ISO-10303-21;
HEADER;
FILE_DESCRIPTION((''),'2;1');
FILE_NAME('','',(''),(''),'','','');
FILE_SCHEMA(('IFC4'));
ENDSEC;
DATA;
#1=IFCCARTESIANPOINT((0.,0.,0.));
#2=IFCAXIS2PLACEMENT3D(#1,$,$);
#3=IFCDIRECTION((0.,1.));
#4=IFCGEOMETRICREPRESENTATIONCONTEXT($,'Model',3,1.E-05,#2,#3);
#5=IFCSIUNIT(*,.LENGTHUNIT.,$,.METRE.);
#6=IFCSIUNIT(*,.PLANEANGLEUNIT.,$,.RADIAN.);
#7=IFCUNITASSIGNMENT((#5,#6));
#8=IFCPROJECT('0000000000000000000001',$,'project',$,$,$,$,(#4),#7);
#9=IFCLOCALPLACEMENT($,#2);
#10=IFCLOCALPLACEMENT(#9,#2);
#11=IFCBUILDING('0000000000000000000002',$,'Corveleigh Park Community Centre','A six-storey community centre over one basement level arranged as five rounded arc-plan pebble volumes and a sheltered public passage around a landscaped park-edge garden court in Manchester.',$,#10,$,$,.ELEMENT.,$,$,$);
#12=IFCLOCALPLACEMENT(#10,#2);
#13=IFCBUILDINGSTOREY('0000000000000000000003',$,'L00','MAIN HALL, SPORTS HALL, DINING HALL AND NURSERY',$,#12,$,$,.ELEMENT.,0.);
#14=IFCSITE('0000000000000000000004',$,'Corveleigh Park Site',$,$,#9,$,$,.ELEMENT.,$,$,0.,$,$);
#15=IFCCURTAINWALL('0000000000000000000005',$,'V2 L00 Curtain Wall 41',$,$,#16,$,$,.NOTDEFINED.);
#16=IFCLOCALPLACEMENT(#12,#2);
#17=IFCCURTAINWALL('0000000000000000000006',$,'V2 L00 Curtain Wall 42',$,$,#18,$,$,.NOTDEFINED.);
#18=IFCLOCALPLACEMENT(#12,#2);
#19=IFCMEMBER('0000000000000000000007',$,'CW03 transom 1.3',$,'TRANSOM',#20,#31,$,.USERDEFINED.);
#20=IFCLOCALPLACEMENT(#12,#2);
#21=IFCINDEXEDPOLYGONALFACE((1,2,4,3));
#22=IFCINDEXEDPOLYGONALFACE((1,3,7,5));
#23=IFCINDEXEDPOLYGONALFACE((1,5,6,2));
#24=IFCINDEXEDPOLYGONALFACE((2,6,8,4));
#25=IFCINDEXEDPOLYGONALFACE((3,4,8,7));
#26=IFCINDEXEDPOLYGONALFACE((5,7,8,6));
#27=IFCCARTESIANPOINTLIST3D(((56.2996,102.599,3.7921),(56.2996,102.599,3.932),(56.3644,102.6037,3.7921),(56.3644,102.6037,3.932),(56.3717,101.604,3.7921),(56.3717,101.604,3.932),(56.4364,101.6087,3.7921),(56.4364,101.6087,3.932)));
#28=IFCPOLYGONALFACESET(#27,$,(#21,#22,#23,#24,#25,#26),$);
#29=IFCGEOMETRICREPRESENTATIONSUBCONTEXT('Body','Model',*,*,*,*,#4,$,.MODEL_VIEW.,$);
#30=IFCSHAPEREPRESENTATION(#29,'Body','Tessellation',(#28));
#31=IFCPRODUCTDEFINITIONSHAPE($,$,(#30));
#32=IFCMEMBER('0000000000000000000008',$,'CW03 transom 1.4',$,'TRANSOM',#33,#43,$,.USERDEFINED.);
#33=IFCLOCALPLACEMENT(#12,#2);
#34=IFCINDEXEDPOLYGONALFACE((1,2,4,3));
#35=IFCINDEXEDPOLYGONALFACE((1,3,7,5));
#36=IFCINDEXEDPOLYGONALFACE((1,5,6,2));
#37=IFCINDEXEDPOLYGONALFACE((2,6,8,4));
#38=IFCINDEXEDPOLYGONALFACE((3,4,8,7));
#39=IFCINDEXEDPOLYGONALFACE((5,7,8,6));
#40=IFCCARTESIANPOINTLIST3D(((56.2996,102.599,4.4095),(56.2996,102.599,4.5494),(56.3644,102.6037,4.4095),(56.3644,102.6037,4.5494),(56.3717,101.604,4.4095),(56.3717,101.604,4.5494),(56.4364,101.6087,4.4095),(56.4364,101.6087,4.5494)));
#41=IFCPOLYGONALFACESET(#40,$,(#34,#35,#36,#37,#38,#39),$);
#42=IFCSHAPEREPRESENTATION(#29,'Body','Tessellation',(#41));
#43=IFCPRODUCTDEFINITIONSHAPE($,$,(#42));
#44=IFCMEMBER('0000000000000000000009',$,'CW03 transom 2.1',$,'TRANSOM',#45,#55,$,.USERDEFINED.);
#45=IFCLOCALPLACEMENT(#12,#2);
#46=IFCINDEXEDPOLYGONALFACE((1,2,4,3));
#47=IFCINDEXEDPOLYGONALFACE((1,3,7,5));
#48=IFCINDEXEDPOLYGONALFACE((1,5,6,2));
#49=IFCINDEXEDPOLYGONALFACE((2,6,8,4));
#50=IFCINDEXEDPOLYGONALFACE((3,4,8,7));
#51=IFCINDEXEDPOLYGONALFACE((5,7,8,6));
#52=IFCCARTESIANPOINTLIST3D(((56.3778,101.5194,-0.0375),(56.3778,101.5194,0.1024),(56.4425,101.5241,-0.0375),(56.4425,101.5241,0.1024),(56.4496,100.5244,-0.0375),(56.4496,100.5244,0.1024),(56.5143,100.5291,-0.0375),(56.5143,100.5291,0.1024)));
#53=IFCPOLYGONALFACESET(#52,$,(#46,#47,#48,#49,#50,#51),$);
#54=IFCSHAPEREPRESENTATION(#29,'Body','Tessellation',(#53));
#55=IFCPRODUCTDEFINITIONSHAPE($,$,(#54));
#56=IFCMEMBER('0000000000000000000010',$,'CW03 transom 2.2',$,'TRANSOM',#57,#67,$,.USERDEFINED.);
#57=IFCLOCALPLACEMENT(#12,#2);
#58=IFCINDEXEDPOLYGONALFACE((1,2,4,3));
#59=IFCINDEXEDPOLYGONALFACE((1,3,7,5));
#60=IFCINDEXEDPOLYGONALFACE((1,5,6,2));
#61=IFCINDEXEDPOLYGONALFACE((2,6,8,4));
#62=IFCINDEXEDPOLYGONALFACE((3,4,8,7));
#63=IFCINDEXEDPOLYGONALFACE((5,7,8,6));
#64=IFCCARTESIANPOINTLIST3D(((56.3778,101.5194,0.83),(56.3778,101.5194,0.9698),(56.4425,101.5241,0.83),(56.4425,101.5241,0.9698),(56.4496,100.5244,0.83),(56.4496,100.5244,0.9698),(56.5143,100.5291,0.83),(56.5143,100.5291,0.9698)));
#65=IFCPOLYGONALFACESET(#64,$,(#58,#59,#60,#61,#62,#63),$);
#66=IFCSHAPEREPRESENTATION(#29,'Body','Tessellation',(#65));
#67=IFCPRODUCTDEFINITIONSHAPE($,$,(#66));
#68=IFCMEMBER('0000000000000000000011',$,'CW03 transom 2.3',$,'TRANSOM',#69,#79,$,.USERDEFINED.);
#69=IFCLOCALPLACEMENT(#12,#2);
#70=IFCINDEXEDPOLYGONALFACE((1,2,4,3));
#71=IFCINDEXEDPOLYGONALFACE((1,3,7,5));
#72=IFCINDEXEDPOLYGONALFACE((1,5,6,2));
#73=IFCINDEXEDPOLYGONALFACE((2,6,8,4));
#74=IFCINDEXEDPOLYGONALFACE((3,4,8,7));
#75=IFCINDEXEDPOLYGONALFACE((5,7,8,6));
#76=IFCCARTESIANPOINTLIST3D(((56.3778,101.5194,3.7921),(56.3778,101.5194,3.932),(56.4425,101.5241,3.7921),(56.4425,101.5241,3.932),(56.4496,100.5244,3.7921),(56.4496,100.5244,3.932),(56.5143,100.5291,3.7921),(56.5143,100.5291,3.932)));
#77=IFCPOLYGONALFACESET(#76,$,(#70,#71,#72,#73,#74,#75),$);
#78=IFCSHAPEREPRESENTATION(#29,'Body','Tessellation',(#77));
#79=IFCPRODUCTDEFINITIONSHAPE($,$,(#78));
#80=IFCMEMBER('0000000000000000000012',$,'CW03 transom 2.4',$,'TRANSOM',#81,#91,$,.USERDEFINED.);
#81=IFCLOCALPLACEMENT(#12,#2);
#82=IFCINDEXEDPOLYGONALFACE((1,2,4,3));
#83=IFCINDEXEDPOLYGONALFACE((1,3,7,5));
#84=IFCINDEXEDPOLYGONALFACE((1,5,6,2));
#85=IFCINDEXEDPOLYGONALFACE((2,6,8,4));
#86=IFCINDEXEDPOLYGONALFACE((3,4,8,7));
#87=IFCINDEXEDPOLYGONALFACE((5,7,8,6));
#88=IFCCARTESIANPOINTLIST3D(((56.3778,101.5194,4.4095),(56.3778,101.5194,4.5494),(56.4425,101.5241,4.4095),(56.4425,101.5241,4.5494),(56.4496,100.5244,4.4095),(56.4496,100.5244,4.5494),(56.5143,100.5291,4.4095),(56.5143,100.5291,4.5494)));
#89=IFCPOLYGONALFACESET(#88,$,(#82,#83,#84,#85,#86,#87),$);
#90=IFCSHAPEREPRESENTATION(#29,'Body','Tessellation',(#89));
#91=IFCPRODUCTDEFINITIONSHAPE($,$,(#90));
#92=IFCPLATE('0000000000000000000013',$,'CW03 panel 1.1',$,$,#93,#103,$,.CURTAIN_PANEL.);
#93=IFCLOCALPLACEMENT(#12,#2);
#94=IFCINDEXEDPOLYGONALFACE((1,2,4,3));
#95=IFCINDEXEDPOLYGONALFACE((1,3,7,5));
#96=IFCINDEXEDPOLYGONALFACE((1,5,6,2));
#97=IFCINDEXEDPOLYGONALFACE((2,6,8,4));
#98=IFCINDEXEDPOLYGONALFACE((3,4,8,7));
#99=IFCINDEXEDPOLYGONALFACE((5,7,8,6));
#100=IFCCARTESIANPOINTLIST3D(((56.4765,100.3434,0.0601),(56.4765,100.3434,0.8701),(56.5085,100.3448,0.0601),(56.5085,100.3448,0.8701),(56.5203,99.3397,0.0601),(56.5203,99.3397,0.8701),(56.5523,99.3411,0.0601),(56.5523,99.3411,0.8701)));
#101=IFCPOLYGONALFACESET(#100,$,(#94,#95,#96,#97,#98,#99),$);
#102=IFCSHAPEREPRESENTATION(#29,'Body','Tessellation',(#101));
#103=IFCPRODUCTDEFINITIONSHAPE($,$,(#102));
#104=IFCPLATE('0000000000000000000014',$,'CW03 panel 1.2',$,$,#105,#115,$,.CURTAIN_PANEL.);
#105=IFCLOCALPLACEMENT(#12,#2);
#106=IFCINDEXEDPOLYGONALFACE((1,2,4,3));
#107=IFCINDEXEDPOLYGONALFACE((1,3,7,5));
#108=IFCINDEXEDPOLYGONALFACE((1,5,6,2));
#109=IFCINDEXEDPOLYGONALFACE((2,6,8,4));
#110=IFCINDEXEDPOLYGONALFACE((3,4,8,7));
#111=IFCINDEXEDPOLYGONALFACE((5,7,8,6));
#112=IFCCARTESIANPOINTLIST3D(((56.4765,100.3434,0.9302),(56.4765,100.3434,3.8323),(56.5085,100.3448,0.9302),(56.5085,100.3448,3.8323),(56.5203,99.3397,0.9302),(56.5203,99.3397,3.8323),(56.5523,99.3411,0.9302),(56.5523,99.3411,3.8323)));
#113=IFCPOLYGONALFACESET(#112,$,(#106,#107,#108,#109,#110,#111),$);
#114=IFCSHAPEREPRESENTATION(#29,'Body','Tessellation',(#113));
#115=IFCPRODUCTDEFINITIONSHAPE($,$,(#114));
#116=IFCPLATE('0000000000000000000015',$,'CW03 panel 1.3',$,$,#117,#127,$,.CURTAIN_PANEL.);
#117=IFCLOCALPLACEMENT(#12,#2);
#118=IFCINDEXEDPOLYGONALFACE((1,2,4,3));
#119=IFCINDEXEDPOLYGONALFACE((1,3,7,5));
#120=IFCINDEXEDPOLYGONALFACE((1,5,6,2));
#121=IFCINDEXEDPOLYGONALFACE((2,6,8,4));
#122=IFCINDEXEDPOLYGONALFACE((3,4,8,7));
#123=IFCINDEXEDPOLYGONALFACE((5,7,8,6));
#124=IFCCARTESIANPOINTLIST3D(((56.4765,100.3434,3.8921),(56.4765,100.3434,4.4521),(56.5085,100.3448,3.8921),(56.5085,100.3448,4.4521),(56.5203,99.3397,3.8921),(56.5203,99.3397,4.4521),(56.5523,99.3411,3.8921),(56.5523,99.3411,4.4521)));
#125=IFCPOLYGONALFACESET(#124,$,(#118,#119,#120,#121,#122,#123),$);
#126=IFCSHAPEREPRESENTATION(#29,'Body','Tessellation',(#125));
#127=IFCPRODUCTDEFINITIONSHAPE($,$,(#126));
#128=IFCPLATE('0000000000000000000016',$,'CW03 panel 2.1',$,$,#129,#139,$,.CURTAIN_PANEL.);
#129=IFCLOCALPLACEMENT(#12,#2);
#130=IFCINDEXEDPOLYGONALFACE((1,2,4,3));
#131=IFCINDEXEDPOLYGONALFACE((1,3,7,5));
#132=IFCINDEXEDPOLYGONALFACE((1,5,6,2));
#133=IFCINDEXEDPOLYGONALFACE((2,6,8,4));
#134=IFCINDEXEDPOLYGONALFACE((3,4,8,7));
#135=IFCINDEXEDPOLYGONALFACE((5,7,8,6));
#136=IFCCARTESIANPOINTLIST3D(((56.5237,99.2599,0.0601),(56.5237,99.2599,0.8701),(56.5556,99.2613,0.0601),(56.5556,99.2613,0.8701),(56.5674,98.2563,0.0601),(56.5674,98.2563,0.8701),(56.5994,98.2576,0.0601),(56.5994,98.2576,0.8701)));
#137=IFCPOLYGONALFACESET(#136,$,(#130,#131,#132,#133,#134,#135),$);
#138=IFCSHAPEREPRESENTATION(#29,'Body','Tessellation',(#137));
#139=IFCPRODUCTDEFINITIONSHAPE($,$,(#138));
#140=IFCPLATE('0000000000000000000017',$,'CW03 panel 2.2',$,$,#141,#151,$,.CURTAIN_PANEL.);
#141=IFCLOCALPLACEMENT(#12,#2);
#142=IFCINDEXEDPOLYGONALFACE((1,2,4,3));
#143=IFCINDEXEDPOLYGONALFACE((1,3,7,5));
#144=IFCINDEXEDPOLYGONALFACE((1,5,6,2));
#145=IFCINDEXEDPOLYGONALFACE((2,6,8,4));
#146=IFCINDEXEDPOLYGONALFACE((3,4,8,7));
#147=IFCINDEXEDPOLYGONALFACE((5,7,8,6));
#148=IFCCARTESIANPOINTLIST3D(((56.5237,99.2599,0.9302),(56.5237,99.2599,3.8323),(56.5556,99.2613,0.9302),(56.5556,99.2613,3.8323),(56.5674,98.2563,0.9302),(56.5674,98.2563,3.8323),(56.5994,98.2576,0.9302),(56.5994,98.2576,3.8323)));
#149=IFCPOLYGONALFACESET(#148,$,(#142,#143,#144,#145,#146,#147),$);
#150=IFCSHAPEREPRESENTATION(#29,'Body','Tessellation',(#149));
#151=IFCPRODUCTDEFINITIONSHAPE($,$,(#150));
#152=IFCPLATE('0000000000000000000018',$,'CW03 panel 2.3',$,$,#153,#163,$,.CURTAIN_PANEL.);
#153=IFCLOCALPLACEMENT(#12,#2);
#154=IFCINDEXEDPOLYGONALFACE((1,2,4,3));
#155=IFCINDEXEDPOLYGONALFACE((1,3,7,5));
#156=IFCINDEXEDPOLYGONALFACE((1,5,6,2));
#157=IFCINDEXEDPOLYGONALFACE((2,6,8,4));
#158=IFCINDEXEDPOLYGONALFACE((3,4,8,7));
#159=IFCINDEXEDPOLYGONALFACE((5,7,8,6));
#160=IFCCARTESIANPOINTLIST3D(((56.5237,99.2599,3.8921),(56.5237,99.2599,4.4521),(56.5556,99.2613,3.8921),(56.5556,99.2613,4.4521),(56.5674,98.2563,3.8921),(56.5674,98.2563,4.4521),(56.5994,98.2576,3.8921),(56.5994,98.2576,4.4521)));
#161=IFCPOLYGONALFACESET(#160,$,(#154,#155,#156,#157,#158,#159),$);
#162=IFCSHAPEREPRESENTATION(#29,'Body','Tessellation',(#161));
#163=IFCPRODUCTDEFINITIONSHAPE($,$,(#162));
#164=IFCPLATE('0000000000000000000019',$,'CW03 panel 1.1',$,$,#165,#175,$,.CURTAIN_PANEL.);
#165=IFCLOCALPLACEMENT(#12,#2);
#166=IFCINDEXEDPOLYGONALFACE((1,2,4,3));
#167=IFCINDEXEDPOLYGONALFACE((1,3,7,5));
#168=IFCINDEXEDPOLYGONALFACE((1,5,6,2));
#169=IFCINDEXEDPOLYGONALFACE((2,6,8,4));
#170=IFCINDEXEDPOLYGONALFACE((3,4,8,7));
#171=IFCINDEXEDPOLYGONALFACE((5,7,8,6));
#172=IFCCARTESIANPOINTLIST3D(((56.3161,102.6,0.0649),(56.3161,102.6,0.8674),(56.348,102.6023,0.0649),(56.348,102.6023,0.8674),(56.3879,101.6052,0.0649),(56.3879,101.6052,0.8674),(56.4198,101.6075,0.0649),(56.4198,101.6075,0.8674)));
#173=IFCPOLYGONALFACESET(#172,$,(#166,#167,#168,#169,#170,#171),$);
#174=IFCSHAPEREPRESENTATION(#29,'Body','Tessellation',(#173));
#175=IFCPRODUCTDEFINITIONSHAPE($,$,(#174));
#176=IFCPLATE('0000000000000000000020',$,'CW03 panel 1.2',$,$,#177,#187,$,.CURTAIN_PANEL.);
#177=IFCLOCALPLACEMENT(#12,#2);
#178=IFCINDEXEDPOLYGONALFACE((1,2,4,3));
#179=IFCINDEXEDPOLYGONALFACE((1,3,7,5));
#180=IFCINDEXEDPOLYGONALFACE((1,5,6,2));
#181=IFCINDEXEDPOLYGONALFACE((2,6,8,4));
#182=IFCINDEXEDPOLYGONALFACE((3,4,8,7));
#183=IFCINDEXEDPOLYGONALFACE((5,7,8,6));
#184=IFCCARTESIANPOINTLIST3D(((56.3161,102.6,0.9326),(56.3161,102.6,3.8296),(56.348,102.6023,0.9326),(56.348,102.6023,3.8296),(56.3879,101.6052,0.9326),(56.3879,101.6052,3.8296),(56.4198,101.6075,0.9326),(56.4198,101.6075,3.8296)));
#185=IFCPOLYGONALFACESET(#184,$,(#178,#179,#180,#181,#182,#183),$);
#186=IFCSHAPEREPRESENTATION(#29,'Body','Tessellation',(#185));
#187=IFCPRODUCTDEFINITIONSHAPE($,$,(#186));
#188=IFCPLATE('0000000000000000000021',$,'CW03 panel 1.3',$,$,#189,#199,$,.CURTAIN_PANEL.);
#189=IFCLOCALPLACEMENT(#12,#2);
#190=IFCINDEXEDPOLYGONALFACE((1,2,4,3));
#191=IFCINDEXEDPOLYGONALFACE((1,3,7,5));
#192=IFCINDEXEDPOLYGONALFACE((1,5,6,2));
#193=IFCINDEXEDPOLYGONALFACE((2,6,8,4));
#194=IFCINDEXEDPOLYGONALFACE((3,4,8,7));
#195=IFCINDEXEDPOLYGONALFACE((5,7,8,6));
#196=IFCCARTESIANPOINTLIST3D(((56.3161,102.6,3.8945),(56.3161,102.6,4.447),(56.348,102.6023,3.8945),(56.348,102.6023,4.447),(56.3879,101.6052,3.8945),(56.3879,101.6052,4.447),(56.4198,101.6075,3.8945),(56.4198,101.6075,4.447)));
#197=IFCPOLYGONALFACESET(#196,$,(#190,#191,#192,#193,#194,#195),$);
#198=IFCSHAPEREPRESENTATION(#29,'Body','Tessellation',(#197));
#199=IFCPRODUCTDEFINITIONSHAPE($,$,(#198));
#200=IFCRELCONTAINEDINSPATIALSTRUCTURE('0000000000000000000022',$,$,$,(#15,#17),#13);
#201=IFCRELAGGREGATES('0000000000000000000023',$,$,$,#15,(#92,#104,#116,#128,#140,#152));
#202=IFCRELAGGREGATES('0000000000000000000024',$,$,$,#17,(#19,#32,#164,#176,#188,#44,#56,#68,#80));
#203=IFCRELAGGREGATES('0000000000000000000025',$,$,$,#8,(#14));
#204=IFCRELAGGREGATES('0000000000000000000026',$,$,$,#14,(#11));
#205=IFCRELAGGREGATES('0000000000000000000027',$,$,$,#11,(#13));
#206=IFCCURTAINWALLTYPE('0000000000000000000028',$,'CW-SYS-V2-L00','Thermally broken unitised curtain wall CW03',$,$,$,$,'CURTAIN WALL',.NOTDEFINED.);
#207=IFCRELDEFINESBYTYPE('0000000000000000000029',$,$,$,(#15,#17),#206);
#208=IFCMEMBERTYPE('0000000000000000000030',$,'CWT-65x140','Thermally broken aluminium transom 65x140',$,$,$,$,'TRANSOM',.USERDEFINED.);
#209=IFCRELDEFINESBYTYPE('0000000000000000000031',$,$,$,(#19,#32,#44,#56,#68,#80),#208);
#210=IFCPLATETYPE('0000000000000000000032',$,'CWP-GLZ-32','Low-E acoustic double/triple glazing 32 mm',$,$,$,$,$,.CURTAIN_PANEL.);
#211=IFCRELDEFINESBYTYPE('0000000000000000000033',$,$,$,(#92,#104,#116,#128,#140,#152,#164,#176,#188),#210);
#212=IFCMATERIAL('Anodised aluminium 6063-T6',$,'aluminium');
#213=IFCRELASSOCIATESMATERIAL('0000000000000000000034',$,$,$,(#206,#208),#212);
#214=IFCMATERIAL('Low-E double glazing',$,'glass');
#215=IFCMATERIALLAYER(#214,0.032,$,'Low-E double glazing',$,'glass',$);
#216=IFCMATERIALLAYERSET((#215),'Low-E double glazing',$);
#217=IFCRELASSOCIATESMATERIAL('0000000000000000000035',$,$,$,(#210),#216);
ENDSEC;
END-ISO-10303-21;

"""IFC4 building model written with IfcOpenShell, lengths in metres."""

from ifc_helpers import new_model, si_unit, direction, frame, origin, origin_2d, place, context, subcontext, project, spatial, rectangle, extrude, material, layer, layer_set, material_profile, profile_set, type_object, element, aggregate, save


model = new_model("IFC4")

# Units and contexts
model_context = context("Model", 3, precision=1e-05, world=origin(), true_north=direction((0.0, 1.0)))
body_context = subcontext(model_context, "Body", "Model", "MODEL_VIEW")
ifc_project = project(units=[si_unit("LENGTHUNIT", "METRE"), si_unit("PLANEANGLEUNIT", "RADIAN")], contexts=[model_context])

# Site, building, storey
site_placement = place(None, origin())
site = spatial("IfcSite", under=ifc_project, at=site_placement, Name="Corveleigh Park Site", CompositionType="ELEMENT", RefElevation=0.0)
building_placement = place(site_placement, origin())
building = spatial("IfcBuilding", under=site, at=building_placement, Name="Corveleigh Park Community Centre", Description="A six-storey community centre over one basement level arranged as five rounded arc-plan pebble volumes and a sheltered public passage around a landscaped park-edge garden court in Manchester.", CompositionType="ELEMENT")
storey_placement = place(building_placement, origin())
storey = spatial("IfcBuildingStorey", under=building, at=storey_placement, Name="L00", Description="MAIN HALL, SPORTS HALL, DINING HALL AND NURSERY", CompositionType="ELEMENT", Elevation=0.0)

# Curtain walls
ifc_material_1 = material(Name="Anodised aluminium 6063-T6", Category="aluminium")
curtain_wall_type = type_object("IfcCurtainWallType", Name="CW-SYS-V2-L00", Description="Thermally broken unitised curtain wall CW03", ElementType="CURTAIN WALL", PredefinedType="NOTDEFINED", material=ifc_material_1)
curtain_wall_1_placement = place(storey_placement, origin())
curtain_wall_1 = element("IfcCurtainWall", 1, at=curtain_wall_1_placement, inside=storey, type_object=curtain_wall_type, Name="V2 L00 Curtain Wall 41", PredefinedType="NOTDEFINED")
curtain_wall_2_placement = place(storey_placement, origin())
curtain_wall_2 = element("IfcCurtainWall", 2, at=curtain_wall_2_placement, inside=storey, type_object=curtain_wall_type, Name="V2 L00 Curtain Wall 42", PredefinedType="NOTDEFINED")

# Members
ifc_material_profile_1 = material_profile(ifc_material_1, rectangle(XDim=0.0649, YDim=0.1399, at=origin_2d()), Name="ALU-T65x140", Category="aluminium")
ifc_profile_set_1 = profile_set([ifc_material_profile_1], Name="Anodised aluminium 6063-T6")
member_type_1 = type_object("IfcMemberType", Name="CWT-65x140", Description="Thermally broken aluminium transom 65x140", ElementType="TRANSOM", PredefinedType="USERDEFINED", material=ifc_profile_set_1)
member_1_placement = place(storey_placement, frame((56.332, 102.6013, 3.8621), z_axis=(0.072204, -0.99739, 0.0), x_axis=(0.99739, 0.072204, 0.0)))
member_1 = element("IfcMember", 3, at=member_1_placement, type_object=member_type_1, Name="CW03 transom 1.3", ObjectType="TRANSOM", PredefinedType="USERDEFINED", context=body_context, shape_type="SweptSolid", body=[
    extrude(rectangle(XDim=0.0649, YDim=0.1399, at=origin_2d()), origin(), (0.0, 0.0, 1.0), 0.9976),
])
member_2_placement = place(storey_placement, frame((56.332, 102.6013, 4.4795), z_axis=(0.072204, -0.99739, 0.0), x_axis=(0.99739, 0.072204, 0.0)))
member_2 = element("IfcMember", 4, at=member_2_placement, type_object=member_type_1, Name="CW03 transom 1.4", ObjectType="TRANSOM", PredefinedType="USERDEFINED", context=body_context, shape_type="SweptSolid", body=[
    extrude(rectangle(XDim=0.0649, YDim=0.1399, at=origin_2d()), origin(), (0.0, 0.0, 1.0), 0.9976),
])
member_3_placement = place(storey_placement, frame((56.4102, 101.5217, 0.0325), z_axis=(0.07196, -0.997408, 0.0), x_axis=(0.997408, 0.07196, 0.0)))
member_3 = element("IfcMember", 5, at=member_3_placement, type_object=member_type_1, Name="CW03 transom 2.1", ObjectType="TRANSOM", PredefinedType="USERDEFINED", context=body_context, shape_type="SweptSolid", body=[
    extrude(rectangle(XDim=0.0649, YDim=0.1399, at=origin_2d()), origin(), (0.0, 0.0, 1.0), 0.9976),
])
member_4_placement = place(storey_placement, frame((56.4102, 101.5217, 0.8999), z_axis=(0.07196, -0.997408, 0.0), x_axis=(0.997408, 0.07196, 0.0)))
member_4 = element("IfcMember", 6, at=member_4_placement, type_object=member_type_1, Name="CW03 transom 2.2", ObjectType="TRANSOM", PredefinedType="USERDEFINED", context=body_context, shape_type="SweptSolid", body=[
    extrude(rectangle(XDim=0.0649, YDim=0.1399, at=origin_2d()), origin(), (0.0, 0.0, 1.0), 0.9976),
])
member_5_placement = place(storey_placement, frame((56.4102, 101.5217, 3.8621), z_axis=(0.07196, -0.997408, 0.0), x_axis=(0.997408, 0.07196, 0.0)))
member_5 = element("IfcMember", 7, at=member_5_placement, type_object=member_type_1, Name="CW03 transom 2.3", ObjectType="TRANSOM", PredefinedType="USERDEFINED", context=body_context, shape_type="SweptSolid", body=[
    extrude(rectangle(XDim=0.0649, YDim=0.1399, at=origin_2d()), origin(), (0.0, 0.0, 1.0), 0.9976),
])
member_6_placement = place(storey_placement, frame((56.4102, 101.5217, 4.4795), z_axis=(0.07196, -0.997408, 0.0), x_axis=(0.997408, 0.07196, 0.0)))
member_6 = element("IfcMember", 8, at=member_6_placement, type_object=member_type_1, Name="CW03 transom 2.4", ObjectType="TRANSOM", PredefinedType="USERDEFINED", context=body_context, shape_type="SweptSolid", body=[
    extrude(rectangle(XDim=0.0649, YDim=0.1399, at=origin_2d()), origin(), (0.0, 0.0, 1.0), 0.9976),
])

# Plates
ifc_material_2 = material(Name="Low-E double glazing", Category="glass")
ifc_layer = layer(ifc_material_2, 0.032, Name="Low-E double glazing", Category="glass")
ifc_layer_set = layer_set([ifc_layer], Name="Low-E double glazing")
plate_type = type_object("IfcPlateType", Name="CWP-GLZ-32", Description="Low-E acoustic double/triple glazing 32 mm", PredefinedType="CURTAIN_PANEL", material=ifc_layer_set)
plate_1_placement = place(storey_placement, frame((56.5144, 99.8423, 0.0601), z_axis=(0.0, 0.0, 1.0), x_axis=(0.043572, -0.99905, 0.0)))
plate_1 = element("IfcPlate", 9, at=plate_1_placement, type_object=plate_type, Name="CW03 panel 1.1", PredefinedType="CURTAIN_PANEL", context=body_context, shape_type="SweptSolid", body=[
    extrude(rectangle(XDim=1.0046, YDim=0.032, at=origin_2d()), origin(), (0.0, 0.0, 1.0), 0.8101),
])
plate_2_placement = place(storey_placement, frame((56.5144, 99.8423, 0.9302), z_axis=(0.0, 0.0, 1.0), x_axis=(0.043572, -0.99905, 0.0)))
plate_2 = element("IfcPlate", 10, at=plate_2_placement, type_object=plate_type, Name="CW03 panel 1.2", PredefinedType="CURTAIN_PANEL", context=body_context, shape_type="SweptSolid", body=[
    extrude(rectangle(XDim=1.0046, YDim=0.032, at=origin_2d()), origin(), (0.0, 0.0, 1.0), 2.9021),
])
plate_3_placement = place(storey_placement, frame((56.5144, 99.8423, 3.8921), z_axis=(0.0, 0.0, 1.0), x_axis=(0.043572, -0.99905, 0.0)))
plate_3 = element("IfcPlate", 11, at=plate_3_placement, type_object=plate_type, Name="CW03 panel 1.3", PredefinedType="CURTAIN_PANEL", context=body_context, shape_type="SweptSolid", body=[
    extrude(rectangle(XDim=1.0046, YDim=0.032, at=origin_2d()), origin(), (0.0, 0.0, 1.0), 0.5601),
])
plate_4_placement = place(storey_placement, frame((56.5615, 98.7588, 0.0601), z_axis=(0.0, 0.0, 1.0), x_axis=(0.043572, -0.99905, 0.0)))
plate_4 = element("IfcPlate", 12, at=plate_4_placement, type_object=plate_type, Name="CW03 panel 2.1", PredefinedType="CURTAIN_PANEL", context=body_context, shape_type="SweptSolid", body=[
    extrude(rectangle(XDim=1.0046, YDim=0.032, at=origin_2d()), origin(), (0.0, 0.0, 1.0), 0.8101),
])
plate_5_placement = place(storey_placement, frame((56.5615, 98.7588, 0.9302), z_axis=(0.0, 0.0, 1.0), x_axis=(0.043572, -0.99905, 0.0)))
plate_5 = element("IfcPlate", 13, at=plate_5_placement, type_object=plate_type, Name="CW03 panel 2.2", PredefinedType="CURTAIN_PANEL", context=body_context, shape_type="SweptSolid", body=[
    extrude(rectangle(XDim=1.0046, YDim=0.032, at=origin_2d()), origin(), (0.0, 0.0, 1.0), 2.9021),
])
plate_6_placement = place(storey_placement, frame((56.5615, 98.7588, 3.8921), z_axis=(0.0, 0.0, 1.0), x_axis=(0.043572, -0.99905, 0.0)))
plate_6 = element("IfcPlate", 14, at=plate_6_placement, type_object=plate_type, Name="CW03 panel 2.3", PredefinedType="CURTAIN_PANEL", context=body_context, shape_type="SweptSolid", body=[
    extrude(rectangle(XDim=1.0046, YDim=0.032, at=origin_2d()), origin(), (0.0, 0.0, 1.0), 0.5601),
])
aggregate(curtain_wall_1, [plate_1, plate_2, plate_3, plate_4, plate_5, plate_6])
plate_7_placement = place(storey_placement, frame((56.3679, 102.1038, 0.0649), z_axis=(0.0, 0.0, 1.0), x_axis=(0.072005, -0.997404, 0.0)))
plate_7 = element("IfcPlate", 15, at=plate_7_placement, type_object=plate_type, Name="CW03 panel 1.1", PredefinedType="CURTAIN_PANEL", context=body_context, shape_type="SweptSolid", body=[
    extrude(rectangle(XDim=0.9973, YDim=0.032, at=origin_2d()), origin(), (0.0, 0.0, 1.0), 0.8025),
])
plate_8_placement = place(storey_placement, frame((56.3679, 102.1038, 0.9326), z_axis=(0.0, 0.0, 1.0), x_axis=(0.072005, -0.997404, 0.0)))
plate_8 = element("IfcPlate", 16, at=plate_8_placement, type_object=plate_type, Name="CW03 panel 1.2", PredefinedType="CURTAIN_PANEL", context=body_context, shape_type="SweptSolid", body=[
    extrude(rectangle(XDim=0.9973, YDim=0.032, at=origin_2d()), origin(), (0.0, 0.0, 1.0), 2.897),
])
plate_9_placement = place(storey_placement, frame((56.3679, 102.1038, 3.8945), z_axis=(0.0, 0.0, 1.0), x_axis=(0.072005, -0.997404, 0.0)))
plate_9 = element("IfcPlate", 17, at=plate_9_placement, type_object=plate_type, Name="CW03 panel 1.3", PredefinedType="CURTAIN_PANEL", context=body_context, shape_type="SweptSolid", body=[
    extrude(rectangle(XDim=0.9973, YDim=0.032, at=origin_2d()), origin(), (0.0, 0.0, 1.0), 0.5525),
])
aggregate(curtain_wall_2, [member_1, member_2, plate_7, plate_8, plate_9, member_3, member_4, member_5, member_6])

save(model, "model.ifc")
